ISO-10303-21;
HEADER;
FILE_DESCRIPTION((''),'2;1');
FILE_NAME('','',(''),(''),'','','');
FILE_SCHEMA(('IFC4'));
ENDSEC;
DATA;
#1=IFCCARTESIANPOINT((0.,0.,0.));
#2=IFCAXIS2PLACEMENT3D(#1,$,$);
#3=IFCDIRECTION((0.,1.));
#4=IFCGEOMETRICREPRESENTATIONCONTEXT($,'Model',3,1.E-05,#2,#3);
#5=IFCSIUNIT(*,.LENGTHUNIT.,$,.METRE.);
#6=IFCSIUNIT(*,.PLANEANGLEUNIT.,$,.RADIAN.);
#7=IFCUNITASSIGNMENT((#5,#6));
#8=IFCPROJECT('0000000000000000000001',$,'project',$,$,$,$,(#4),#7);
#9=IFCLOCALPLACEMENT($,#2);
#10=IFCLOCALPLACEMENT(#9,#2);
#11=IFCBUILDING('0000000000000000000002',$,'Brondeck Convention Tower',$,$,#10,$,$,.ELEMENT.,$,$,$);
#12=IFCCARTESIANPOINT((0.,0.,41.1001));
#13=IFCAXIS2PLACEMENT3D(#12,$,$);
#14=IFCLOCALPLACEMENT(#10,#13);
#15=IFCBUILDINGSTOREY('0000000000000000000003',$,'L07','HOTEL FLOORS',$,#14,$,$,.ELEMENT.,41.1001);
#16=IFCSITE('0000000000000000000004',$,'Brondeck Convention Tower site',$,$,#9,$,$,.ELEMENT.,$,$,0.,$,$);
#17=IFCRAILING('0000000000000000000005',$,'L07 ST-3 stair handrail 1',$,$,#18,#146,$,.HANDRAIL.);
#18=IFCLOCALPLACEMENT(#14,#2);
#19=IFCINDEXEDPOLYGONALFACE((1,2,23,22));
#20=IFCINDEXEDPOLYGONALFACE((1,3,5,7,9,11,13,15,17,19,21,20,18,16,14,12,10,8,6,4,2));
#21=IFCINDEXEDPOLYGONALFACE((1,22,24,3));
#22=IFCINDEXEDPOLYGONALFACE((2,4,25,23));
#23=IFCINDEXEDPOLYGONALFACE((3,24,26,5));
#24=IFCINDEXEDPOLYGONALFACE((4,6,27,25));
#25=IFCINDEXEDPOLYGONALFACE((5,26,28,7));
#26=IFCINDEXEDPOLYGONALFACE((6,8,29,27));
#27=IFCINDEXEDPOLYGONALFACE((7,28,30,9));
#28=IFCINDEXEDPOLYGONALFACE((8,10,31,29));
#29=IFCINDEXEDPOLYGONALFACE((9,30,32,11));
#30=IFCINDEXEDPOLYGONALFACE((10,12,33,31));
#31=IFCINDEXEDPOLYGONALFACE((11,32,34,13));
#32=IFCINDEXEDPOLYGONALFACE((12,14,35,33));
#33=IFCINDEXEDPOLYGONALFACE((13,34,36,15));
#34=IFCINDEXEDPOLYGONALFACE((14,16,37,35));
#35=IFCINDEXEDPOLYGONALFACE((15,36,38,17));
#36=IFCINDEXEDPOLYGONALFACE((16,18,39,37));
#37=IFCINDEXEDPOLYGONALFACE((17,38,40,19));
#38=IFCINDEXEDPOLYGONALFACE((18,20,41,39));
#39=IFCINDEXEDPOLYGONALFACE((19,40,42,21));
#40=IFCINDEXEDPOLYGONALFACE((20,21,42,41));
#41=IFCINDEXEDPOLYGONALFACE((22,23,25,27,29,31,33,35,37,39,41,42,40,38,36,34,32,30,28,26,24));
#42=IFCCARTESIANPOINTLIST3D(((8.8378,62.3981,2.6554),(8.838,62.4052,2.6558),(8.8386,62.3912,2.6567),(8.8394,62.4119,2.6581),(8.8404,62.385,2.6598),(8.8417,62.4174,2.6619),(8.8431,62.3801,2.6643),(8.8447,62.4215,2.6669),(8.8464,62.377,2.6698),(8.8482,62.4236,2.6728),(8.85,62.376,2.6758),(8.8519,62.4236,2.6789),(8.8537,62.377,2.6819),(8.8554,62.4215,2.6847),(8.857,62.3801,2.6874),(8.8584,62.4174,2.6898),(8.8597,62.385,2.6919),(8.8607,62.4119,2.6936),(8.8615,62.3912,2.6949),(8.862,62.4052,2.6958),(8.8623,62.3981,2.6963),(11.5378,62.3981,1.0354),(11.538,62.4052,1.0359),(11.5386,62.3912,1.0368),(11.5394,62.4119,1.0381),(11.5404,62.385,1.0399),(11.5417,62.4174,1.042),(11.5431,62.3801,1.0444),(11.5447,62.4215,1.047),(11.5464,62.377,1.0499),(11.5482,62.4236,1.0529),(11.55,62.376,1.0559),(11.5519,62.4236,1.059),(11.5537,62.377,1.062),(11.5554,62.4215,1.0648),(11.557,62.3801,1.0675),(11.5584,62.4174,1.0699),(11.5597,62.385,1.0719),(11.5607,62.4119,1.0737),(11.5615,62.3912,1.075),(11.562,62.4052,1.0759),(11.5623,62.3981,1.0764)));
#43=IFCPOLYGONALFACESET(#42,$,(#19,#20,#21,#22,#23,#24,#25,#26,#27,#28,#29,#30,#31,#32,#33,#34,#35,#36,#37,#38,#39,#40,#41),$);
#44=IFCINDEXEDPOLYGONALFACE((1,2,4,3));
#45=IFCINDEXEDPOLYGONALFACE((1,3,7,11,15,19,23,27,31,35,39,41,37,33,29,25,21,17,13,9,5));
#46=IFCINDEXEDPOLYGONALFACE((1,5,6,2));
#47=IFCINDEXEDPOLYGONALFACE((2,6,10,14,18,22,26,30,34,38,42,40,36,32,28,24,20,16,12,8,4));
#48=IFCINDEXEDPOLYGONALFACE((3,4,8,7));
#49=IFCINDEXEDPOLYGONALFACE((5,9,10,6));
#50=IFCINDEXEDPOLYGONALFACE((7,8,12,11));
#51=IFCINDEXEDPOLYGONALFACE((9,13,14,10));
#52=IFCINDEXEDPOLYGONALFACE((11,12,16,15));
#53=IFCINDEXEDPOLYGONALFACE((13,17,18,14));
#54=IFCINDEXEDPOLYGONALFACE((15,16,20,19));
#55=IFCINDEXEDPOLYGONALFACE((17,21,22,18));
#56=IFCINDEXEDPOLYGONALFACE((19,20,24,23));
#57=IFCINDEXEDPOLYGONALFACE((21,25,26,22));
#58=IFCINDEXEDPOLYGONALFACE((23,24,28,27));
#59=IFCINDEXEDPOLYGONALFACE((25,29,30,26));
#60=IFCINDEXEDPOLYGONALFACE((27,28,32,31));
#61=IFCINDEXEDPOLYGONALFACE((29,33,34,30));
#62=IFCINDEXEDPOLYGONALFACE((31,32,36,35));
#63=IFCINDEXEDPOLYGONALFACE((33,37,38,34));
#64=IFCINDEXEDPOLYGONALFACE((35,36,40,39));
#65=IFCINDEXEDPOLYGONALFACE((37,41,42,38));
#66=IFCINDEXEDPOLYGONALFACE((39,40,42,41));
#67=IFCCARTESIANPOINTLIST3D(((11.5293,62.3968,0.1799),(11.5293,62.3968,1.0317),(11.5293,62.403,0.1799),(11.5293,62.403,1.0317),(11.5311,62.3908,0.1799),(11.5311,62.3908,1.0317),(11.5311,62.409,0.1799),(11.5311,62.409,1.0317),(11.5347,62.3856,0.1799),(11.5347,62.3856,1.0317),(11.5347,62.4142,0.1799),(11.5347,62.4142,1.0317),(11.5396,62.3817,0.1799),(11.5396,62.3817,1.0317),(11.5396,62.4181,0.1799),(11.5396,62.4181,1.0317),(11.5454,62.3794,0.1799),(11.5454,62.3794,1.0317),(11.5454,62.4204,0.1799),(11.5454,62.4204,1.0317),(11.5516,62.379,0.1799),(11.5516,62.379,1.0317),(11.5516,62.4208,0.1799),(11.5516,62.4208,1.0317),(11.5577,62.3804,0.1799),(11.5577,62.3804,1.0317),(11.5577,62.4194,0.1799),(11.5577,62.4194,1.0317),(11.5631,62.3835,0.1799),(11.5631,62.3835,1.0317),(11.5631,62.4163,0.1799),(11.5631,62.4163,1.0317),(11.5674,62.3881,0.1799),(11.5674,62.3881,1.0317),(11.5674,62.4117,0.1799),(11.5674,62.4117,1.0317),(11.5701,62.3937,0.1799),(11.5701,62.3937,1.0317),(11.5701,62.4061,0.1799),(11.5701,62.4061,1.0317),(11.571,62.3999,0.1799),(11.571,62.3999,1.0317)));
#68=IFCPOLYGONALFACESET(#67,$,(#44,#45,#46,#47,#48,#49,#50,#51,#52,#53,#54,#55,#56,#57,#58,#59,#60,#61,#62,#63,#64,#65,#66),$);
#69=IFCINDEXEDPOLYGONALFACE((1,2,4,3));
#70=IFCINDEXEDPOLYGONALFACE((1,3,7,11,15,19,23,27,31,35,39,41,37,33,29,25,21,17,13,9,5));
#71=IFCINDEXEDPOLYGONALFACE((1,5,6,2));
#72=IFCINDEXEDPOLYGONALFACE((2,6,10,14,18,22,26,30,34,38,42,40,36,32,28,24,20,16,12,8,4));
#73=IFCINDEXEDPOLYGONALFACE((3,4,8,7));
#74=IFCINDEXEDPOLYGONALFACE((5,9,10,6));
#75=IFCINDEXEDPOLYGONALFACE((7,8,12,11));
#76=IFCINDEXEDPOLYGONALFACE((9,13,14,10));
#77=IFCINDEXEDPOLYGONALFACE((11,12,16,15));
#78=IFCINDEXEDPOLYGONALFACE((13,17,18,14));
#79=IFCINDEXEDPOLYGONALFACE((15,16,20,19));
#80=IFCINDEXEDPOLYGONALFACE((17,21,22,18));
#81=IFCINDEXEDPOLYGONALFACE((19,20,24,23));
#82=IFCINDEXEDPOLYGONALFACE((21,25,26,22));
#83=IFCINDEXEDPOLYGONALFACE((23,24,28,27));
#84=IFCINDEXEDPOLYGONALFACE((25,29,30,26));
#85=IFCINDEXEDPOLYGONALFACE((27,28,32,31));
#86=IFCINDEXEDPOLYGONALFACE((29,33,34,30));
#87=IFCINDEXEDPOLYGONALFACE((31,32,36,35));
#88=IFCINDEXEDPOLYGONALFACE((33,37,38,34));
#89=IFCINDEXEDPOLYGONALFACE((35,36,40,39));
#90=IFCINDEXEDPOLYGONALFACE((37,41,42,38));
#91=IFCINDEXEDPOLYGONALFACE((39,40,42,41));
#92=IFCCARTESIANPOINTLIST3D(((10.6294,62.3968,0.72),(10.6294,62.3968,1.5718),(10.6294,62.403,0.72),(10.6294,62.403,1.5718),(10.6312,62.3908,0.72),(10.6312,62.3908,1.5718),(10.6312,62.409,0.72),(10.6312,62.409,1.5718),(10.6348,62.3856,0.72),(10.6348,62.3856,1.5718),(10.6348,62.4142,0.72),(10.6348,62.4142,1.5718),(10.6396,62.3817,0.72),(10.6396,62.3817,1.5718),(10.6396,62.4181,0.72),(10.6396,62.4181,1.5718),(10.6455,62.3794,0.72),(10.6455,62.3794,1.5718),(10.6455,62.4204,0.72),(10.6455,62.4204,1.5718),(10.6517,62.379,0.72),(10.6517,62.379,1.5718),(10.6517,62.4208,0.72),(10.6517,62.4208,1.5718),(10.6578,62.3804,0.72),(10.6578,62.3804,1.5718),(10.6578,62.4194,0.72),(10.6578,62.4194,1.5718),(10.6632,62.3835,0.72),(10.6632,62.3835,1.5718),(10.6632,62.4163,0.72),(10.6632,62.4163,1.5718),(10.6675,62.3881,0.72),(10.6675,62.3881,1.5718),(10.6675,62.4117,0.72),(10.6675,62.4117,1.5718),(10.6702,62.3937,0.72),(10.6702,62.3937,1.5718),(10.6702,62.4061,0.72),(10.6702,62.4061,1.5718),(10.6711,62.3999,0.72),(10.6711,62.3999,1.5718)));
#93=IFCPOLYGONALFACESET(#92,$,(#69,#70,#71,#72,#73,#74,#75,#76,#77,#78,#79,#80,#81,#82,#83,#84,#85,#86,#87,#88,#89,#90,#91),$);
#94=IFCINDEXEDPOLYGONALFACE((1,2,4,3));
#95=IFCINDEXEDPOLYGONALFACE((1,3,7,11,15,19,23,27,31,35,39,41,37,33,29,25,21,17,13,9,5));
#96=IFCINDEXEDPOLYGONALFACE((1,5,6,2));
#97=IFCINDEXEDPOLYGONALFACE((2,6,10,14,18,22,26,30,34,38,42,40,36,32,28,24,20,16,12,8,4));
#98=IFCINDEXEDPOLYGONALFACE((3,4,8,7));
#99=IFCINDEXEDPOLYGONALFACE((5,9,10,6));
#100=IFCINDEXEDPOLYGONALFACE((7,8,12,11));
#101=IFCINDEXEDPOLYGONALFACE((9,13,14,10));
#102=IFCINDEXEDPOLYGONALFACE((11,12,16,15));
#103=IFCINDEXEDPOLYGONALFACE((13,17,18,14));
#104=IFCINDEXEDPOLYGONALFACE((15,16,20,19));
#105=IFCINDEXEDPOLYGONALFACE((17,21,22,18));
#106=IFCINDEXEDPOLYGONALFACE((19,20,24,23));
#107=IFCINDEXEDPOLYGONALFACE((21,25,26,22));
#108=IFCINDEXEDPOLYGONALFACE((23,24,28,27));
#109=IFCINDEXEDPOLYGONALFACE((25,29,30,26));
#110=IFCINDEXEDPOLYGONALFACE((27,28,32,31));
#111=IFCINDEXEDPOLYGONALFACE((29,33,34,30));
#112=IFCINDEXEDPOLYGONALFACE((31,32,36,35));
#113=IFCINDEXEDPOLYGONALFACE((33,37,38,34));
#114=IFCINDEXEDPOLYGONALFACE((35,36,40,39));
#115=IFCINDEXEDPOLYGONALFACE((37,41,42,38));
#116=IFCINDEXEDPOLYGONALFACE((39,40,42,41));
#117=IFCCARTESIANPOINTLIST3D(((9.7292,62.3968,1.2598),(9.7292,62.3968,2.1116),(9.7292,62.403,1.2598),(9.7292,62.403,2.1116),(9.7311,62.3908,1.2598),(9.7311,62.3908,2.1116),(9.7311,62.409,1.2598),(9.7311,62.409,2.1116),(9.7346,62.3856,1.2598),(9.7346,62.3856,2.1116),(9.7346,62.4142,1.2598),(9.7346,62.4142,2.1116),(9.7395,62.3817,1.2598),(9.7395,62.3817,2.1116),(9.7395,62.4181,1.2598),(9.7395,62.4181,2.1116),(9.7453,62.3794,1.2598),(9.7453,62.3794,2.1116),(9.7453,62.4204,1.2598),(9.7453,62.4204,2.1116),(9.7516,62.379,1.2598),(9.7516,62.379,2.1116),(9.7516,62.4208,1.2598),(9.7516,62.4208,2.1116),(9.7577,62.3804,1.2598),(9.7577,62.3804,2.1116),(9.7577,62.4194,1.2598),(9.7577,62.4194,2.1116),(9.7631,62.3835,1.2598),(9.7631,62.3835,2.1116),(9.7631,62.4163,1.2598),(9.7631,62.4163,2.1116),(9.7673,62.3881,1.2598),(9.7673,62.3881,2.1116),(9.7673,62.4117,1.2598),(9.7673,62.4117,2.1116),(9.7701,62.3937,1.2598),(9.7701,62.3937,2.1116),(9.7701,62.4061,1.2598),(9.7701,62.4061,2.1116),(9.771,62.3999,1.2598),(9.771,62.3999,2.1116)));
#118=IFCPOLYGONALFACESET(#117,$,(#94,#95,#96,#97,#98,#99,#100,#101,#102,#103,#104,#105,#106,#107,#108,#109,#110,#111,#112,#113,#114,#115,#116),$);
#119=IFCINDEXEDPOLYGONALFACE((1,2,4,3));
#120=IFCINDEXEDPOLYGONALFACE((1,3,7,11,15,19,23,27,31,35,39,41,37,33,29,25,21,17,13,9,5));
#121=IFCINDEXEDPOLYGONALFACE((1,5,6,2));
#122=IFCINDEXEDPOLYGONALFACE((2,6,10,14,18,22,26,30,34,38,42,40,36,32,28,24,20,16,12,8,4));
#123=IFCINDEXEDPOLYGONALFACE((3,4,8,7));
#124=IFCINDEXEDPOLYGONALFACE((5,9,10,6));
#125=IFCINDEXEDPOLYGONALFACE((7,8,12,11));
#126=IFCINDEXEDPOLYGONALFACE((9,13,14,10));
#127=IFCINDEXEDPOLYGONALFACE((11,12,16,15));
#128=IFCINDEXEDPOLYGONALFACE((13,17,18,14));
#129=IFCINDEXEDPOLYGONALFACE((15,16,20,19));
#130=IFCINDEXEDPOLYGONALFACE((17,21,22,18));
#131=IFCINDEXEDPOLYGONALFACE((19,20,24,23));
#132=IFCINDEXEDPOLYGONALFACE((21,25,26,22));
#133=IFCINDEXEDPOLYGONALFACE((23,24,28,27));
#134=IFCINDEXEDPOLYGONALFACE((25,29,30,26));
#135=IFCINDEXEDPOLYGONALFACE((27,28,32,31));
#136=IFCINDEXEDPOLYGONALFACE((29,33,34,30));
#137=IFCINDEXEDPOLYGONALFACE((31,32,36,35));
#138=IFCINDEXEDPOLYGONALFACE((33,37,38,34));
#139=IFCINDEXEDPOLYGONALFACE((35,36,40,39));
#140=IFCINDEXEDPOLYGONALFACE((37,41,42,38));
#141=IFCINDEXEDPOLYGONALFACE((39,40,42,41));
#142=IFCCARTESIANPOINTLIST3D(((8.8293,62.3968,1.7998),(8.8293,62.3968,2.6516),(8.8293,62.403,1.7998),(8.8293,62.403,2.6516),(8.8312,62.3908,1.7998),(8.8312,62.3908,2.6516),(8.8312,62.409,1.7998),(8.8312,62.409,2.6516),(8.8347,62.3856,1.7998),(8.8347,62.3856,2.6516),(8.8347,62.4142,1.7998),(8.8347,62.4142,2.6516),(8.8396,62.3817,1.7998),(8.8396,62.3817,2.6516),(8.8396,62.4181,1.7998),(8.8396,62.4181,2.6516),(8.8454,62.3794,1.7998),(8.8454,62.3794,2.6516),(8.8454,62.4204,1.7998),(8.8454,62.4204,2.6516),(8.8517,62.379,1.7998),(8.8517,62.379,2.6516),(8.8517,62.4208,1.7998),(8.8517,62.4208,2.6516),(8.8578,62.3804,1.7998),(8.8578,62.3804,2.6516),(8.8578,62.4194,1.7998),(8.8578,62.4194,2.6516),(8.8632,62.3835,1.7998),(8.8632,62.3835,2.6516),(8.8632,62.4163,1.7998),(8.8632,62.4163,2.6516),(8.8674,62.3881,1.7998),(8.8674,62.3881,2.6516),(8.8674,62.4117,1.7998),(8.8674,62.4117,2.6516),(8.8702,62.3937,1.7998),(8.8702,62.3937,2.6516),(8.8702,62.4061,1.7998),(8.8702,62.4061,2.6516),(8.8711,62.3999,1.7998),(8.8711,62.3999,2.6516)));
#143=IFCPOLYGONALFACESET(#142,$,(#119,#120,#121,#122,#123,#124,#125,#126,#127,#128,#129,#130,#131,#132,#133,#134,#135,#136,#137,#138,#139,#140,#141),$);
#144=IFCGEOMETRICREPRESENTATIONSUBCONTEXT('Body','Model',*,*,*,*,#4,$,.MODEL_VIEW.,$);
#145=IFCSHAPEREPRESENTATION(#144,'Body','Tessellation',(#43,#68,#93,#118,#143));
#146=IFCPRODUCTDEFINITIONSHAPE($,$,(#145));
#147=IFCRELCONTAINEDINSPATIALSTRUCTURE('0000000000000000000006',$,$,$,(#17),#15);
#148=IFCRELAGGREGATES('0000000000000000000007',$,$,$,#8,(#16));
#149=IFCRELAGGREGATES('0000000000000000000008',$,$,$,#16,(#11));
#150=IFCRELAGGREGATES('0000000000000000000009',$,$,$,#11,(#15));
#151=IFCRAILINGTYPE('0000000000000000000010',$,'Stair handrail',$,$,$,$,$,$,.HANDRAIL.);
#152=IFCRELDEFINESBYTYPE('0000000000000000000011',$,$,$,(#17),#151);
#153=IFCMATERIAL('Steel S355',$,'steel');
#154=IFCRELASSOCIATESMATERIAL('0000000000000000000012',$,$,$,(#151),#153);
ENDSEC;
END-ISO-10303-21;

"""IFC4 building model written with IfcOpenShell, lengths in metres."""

from ifc_helpers import new_model, si_unit, direction, frame, origin, origin_2d, place, context, subcontext, project, spatial, circle, extrude, material, type_object, element, save


model = new_model("IFC4")

# Units and contexts
model_context = context("Model", 3, precision=1e-05, world=origin(), true_north=direction((0.0, 1.0)))
body_context = subcontext(model_context, "Body", "Model", "MODEL_VIEW")
ifc_project = project(units=[si_unit("LENGTHUNIT", "METRE"), si_unit("PLANEANGLEUNIT", "RADIAN")], contexts=[model_context])

# Site, building, storey
site_placement = place(None, origin())
site = spatial("IfcSite", under=ifc_project, at=site_placement, Name="Brondeck Convention Tower site", CompositionType="ELEMENT", RefElevation=0.0)
building_placement = place(site_placement, origin())
building = spatial("IfcBuilding", under=site, at=building_placement, Name="Brondeck Convention Tower", CompositionType="ELEMENT")
storey_placement = place(building_placement, frame((0.0, 0.0, 41.1001)))
storey = spatial("IfcBuildingStorey", under=building, at=storey_placement, Name="L07", Description="HOTEL FLOORS", CompositionType="ELEMENT", Elevation=41.1001)

# Railing
ifc_material_1 = material(Name="Steel S355", Category="steel")
railing_type_1 = type_object("IfcRailingType", Name="Stair handrail", PredefinedType="HANDRAIL", material=ifc_material_1)
railing_1_placement = place(storey_placement, frame((11.55, 62.3999, 0.1799)))
element("IfcRailing", 1, at=railing_1_placement, inside=storey, type_object=railing_type_1, Name="L07 ST-3 stair handrail 1", PredefinedType="HANDRAIL", context=body_context, shape_type="SweptSolid", body=[
    extrude(circle(Radius=0.0239, at=origin_2d()), frame((0.0, 0.0, 0.876), z_axis=(-0.857507, 0.0, 0.514473), x_axis=(0.0, -1.0, 0.0)), (0.0, 0.0, 1.0), 3.1487),
    extrude(circle(Radius=0.021, at=origin_2d()), origin(), (0.0, 0.0, 1.0), 0.8518),
    extrude(circle(Radius=0.021, at=origin_2d()), frame((-0.8999, 0.0, 0.54)), (0.0, 0.0, 1.0), 0.8518),
    extrude(circle(Radius=0.021, at=origin_2d()), frame((-1.8, 0.0, 1.0798)), (0.0, 0.0, 1.0), 0.8518),
    extrude(circle(Radius=0.021, at=origin_2d()), frame((-2.7, 0.0, 1.6199)), (0.0, 0.0, 1.0), 0.8518),
])

save(model, "model.ifc")
